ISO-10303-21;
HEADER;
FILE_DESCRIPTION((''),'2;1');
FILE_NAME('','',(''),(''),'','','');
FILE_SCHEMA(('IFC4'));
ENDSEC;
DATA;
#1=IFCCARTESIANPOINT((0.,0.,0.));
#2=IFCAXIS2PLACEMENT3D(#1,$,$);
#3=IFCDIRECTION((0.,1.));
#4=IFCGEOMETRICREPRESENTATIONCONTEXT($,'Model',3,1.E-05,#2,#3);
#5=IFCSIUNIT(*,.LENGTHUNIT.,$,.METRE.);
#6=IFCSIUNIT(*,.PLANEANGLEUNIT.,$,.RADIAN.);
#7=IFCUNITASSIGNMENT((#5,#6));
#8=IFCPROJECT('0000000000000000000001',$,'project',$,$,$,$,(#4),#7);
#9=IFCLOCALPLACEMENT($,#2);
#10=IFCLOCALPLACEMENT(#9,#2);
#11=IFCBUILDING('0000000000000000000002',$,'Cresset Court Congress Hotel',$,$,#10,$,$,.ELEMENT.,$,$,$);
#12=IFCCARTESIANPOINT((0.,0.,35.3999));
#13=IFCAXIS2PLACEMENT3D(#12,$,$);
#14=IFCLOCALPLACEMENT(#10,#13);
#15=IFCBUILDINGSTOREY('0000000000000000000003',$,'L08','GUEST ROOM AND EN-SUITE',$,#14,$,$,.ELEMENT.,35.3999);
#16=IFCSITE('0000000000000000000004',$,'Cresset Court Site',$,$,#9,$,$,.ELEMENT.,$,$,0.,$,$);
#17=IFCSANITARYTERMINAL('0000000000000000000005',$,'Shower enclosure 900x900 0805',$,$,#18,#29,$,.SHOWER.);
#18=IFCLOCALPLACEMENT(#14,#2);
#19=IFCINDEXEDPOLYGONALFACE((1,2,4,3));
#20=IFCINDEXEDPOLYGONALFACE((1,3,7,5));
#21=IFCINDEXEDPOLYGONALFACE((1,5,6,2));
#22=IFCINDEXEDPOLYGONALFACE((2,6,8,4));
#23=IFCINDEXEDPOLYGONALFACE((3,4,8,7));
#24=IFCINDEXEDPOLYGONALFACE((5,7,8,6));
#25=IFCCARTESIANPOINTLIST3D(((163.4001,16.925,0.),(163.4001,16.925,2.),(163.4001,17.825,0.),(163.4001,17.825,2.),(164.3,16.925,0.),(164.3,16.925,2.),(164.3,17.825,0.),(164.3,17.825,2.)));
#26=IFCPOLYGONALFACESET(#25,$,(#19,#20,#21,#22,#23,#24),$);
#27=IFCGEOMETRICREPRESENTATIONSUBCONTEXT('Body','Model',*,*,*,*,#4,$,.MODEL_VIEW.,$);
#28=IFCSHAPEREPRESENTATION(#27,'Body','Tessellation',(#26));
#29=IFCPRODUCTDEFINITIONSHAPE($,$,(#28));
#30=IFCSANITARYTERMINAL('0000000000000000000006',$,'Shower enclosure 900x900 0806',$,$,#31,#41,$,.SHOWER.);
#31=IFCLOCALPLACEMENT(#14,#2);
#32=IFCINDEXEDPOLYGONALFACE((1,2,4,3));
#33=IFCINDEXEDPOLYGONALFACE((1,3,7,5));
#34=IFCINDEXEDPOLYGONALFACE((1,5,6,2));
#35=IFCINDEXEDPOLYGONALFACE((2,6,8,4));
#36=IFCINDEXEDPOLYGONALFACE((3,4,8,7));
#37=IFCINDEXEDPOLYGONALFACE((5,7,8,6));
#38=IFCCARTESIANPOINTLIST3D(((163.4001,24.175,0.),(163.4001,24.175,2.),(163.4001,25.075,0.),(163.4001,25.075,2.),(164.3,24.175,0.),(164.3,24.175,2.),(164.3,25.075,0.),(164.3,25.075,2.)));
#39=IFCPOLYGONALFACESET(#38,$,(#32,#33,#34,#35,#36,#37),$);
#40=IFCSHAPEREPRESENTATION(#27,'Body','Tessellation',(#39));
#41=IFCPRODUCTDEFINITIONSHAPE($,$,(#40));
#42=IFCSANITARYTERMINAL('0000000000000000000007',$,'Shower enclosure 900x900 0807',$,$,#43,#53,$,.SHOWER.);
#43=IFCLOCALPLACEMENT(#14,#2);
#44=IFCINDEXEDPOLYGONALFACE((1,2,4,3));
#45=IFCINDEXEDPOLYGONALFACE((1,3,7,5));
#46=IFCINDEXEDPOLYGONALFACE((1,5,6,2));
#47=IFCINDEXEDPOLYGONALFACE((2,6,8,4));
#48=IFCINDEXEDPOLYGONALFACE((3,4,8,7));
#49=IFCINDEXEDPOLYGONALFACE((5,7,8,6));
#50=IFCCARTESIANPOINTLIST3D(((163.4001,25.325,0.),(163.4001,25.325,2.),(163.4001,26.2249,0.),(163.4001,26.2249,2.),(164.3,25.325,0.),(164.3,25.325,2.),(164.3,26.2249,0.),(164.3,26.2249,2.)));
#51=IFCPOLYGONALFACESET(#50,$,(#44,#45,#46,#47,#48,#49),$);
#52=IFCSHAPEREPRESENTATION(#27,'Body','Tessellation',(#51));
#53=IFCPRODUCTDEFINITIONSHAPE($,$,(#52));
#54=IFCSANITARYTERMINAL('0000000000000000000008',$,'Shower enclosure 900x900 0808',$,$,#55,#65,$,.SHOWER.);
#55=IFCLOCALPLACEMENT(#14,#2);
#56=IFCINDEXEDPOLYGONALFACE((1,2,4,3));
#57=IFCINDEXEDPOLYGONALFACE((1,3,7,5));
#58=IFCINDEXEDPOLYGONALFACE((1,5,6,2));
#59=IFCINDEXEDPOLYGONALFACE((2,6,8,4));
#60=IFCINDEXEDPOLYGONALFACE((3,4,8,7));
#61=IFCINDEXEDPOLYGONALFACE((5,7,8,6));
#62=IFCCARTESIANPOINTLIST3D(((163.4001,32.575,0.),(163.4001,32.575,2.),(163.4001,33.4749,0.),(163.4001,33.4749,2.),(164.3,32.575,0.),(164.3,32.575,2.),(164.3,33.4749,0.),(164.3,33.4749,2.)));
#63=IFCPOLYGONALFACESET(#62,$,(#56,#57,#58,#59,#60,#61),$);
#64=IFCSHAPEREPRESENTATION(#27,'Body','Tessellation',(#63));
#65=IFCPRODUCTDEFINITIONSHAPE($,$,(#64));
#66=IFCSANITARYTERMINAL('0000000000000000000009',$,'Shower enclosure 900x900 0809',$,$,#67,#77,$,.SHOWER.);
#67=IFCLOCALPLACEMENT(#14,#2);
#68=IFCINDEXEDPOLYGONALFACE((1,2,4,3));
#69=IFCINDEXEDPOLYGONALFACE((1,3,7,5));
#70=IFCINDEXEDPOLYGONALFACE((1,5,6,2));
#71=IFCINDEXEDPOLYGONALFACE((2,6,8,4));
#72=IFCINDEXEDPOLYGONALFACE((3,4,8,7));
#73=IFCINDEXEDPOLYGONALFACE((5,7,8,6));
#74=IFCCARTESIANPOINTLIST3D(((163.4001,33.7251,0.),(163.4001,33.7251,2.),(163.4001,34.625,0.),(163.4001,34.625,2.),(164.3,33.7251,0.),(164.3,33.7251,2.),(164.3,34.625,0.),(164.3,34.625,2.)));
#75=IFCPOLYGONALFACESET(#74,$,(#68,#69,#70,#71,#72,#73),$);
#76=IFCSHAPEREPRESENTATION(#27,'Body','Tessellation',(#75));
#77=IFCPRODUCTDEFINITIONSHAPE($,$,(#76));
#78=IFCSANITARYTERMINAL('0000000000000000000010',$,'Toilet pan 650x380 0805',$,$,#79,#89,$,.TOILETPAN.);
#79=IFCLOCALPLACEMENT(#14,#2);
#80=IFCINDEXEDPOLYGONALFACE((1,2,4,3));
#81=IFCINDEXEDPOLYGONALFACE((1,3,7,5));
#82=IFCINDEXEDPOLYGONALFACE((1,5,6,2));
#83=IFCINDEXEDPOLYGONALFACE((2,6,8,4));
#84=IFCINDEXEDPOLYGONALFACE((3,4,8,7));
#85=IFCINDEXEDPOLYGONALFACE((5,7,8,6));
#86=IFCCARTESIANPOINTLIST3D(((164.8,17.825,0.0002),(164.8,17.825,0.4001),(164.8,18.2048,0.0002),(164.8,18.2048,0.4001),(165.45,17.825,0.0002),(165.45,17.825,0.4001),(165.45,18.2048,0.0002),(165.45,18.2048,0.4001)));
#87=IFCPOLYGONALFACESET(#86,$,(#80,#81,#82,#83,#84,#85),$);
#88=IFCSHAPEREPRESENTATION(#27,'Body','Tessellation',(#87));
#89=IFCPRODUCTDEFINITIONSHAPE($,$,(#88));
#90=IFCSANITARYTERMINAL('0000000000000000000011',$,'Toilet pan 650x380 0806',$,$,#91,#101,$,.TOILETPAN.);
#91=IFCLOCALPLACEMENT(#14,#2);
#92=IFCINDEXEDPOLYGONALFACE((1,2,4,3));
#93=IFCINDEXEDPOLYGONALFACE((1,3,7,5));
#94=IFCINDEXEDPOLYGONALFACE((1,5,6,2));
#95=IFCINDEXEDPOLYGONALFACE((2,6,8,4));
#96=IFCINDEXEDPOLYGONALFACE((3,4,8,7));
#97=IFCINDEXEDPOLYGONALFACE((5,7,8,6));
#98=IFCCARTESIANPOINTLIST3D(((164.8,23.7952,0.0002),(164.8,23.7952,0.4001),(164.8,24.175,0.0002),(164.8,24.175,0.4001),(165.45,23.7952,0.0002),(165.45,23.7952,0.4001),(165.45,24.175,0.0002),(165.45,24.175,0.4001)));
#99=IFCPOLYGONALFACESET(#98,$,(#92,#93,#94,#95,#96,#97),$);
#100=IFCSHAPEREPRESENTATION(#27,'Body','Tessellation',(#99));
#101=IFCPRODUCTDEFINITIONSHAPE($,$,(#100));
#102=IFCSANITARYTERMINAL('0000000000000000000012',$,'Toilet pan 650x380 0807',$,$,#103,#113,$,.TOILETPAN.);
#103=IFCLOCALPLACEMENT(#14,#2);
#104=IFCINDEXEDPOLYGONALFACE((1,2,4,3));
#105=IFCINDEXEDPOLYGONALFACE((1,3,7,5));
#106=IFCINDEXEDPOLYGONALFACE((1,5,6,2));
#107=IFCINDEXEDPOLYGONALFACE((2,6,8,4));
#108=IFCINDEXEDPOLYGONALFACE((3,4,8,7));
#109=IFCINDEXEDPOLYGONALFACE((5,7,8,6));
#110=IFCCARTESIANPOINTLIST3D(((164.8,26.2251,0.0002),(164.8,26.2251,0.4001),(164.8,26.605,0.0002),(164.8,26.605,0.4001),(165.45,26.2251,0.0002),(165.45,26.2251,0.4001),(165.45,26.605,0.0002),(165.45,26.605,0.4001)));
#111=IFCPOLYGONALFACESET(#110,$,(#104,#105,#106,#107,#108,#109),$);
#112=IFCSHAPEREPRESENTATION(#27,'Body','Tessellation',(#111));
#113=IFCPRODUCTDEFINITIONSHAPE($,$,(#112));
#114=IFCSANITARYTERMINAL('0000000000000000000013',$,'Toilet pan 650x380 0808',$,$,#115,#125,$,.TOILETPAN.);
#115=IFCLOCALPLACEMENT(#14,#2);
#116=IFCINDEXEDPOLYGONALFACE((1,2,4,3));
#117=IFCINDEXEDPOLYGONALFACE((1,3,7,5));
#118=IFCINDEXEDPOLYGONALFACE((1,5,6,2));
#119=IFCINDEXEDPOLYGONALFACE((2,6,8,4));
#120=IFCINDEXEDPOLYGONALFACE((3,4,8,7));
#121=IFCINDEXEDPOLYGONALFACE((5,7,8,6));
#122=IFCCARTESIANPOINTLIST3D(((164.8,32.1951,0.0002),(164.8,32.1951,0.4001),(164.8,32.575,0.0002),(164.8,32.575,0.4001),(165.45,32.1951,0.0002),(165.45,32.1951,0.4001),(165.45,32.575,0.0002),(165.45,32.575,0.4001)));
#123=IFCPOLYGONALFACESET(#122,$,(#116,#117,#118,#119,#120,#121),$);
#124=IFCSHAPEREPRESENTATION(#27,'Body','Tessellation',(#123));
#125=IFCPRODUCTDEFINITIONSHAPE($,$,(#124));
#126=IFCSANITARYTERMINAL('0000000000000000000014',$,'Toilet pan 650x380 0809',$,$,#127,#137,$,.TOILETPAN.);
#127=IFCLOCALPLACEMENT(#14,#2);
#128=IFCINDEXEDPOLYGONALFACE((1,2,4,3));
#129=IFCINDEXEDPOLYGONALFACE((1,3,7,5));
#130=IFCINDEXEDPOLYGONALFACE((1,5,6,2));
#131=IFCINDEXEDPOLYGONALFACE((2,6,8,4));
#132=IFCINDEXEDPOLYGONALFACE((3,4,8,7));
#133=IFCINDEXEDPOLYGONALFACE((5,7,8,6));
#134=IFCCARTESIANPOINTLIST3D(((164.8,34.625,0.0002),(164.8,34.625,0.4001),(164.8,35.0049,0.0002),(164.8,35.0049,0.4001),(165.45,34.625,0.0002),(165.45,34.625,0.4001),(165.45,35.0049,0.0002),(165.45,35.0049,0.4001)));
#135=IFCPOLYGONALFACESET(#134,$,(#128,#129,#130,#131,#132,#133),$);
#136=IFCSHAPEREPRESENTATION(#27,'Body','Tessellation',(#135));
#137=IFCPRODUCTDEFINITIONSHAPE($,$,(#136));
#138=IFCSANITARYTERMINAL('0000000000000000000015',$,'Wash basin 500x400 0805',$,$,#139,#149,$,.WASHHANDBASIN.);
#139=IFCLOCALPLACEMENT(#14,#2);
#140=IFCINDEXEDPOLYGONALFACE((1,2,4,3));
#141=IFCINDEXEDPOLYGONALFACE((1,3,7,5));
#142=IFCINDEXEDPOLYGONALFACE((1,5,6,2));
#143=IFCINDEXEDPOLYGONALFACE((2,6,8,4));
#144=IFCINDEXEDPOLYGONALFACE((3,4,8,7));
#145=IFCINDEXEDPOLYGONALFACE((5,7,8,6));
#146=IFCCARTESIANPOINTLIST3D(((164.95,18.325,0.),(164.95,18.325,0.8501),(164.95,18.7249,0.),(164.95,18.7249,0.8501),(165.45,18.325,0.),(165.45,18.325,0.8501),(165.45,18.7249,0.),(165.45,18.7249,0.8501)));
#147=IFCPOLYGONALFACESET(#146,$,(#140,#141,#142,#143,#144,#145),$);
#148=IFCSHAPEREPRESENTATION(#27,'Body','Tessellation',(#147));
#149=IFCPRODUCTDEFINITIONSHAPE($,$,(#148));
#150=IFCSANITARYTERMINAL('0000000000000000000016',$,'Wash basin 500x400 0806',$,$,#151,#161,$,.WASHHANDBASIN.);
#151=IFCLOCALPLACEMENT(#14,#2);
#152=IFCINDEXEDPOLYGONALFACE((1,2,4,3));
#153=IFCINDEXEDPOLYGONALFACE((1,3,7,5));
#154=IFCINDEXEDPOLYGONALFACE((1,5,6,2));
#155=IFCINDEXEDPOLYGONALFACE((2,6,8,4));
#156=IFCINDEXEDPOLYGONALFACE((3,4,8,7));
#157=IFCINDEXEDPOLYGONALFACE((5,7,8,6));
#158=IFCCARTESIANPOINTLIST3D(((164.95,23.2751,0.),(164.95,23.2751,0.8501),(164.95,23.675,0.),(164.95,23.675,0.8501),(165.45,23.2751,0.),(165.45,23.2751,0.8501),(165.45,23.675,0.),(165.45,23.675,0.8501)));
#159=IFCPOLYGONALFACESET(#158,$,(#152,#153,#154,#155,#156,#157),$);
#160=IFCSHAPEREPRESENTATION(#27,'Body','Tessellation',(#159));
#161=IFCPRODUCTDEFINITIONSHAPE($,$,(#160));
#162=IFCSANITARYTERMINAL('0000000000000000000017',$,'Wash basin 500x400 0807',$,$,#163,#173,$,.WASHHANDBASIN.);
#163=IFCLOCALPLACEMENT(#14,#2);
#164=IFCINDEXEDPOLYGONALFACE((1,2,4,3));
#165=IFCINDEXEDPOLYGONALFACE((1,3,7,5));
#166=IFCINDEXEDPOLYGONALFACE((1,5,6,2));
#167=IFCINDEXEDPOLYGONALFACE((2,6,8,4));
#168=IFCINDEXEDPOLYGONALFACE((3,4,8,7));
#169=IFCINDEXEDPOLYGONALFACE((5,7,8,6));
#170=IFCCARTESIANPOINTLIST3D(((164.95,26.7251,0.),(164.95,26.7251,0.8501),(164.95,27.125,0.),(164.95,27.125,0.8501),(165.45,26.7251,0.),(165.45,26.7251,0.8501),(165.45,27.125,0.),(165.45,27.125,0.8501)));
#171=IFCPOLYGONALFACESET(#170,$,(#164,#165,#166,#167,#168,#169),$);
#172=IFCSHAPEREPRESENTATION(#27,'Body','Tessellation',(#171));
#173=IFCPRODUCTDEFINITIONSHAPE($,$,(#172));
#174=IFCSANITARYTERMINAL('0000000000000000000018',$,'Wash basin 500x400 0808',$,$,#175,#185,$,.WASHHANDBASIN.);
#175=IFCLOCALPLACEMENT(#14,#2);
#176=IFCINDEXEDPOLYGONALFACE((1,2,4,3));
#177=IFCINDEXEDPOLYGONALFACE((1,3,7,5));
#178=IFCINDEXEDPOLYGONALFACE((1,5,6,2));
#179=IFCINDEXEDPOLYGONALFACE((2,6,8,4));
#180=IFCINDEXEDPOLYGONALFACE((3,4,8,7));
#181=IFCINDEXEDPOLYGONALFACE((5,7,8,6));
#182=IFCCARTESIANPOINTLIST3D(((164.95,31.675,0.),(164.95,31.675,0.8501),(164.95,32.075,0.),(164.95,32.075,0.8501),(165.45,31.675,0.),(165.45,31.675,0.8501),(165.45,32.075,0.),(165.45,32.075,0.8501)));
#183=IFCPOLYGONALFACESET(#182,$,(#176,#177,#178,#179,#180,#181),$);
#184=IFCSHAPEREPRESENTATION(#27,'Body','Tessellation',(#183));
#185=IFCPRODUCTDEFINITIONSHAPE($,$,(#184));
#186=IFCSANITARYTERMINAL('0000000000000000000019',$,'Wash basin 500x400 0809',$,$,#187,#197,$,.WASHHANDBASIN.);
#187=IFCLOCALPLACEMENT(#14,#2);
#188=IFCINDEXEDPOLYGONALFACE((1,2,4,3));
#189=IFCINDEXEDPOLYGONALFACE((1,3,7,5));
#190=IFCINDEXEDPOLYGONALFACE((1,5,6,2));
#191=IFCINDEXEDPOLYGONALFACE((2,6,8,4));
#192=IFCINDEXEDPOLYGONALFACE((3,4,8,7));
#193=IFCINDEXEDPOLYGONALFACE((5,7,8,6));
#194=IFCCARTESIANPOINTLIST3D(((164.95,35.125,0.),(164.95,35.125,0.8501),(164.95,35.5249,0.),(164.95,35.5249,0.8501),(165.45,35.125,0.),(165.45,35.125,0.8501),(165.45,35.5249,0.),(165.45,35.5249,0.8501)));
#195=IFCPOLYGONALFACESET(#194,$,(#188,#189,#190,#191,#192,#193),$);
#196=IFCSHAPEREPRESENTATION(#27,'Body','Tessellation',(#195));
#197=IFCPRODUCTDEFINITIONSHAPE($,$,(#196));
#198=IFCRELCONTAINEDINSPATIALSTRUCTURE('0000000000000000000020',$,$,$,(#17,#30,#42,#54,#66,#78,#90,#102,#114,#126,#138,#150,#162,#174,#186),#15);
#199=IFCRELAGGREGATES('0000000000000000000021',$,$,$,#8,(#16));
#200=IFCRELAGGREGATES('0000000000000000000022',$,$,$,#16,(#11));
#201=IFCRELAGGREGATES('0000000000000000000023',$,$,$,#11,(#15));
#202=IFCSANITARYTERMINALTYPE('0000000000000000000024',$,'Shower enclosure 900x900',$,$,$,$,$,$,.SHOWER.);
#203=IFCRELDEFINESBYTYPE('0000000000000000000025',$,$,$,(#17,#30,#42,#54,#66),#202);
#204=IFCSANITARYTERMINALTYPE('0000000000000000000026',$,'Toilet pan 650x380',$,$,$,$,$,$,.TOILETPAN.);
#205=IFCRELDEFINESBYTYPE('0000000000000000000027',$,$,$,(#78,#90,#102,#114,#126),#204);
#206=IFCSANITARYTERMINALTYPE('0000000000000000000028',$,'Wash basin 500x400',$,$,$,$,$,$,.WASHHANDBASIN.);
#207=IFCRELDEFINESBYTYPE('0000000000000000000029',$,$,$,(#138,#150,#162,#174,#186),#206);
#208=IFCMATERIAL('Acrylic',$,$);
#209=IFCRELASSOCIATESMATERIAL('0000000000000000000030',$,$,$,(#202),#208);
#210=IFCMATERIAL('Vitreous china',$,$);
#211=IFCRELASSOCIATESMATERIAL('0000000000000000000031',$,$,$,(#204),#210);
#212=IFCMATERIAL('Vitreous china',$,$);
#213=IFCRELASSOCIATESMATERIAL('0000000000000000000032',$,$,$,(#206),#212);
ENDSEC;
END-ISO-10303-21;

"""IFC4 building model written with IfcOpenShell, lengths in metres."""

from ifc_helpers import new_model, si_unit, direction, frame, origin, origin_2d, place, context, subcontext, project, spatial, rectangle, extrude, material, type_object, element, save


model = new_model("IFC4")

# Units and contexts
model_context = context("Model", 3, precision=1e-05, world=origin(), true_north=direction((0.0, 1.0)))
body_context = subcontext(model_context, "Body", "Model", "MODEL_VIEW")
ifc_project = project(units=[si_unit("LENGTHUNIT", "METRE"), si_unit("PLANEANGLEUNIT", "RADIAN")], contexts=[model_context])

# Site, building, storey
site_placement = place(None, origin())
site = spatial("IfcSite", under=ifc_project, at=site_placement, Name="Cresset Court Site", CompositionType="ELEMENT", RefElevation=0.0)
building_placement = place(site_placement, origin())
building = spatial("IfcBuilding", under=site, at=building_placement, Name="Cresset Court Congress Hotel", CompositionType="ELEMENT")
storey_placement = place(building_placement, frame((0.0, 0.0, 35.3999)))
storey = spatial("IfcBuildingStorey", under=building, at=storey_placement, Name="L08", Description="GUEST ROOM AND EN-SUITE", CompositionType="ELEMENT", Elevation=35.3999)

# Sanitary terminals
ifc_material_1 = material(Name="Acrylic")
sanitary_terminal_type_1 = type_object("IfcSanitaryTerminalType", Name="Shower enclosure 900x900", PredefinedType="SHOWER", material=ifc_material_1)
for number, where, z_axis, x_axis, name in (
    (1, (163.8501, 17.375, 0.0), (0.0, 0.0, 1.0), (1.0, 0.0, 0.0), "Shower enclosure 900x900 0805"),
    (2, (163.8501, 24.625, 0.0), (0.0, 0.0, 1.0), (1.0, 0.0, 0.0), "Shower enclosure 900x900 0806"),
    (3, (163.8501, 25.7749, 0.0), (0.0, 0.0, 1.0), (1.0, 0.0, 0.0), "Shower enclosure 900x900 0807"),
    (4, (163.8501, 33.0249, 0.0), (0.0, 0.0, 1.0), (1.0, 0.0, 0.0), "Shower enclosure 900x900 0808"),
    (5, (163.8501, 34.175, 0.0), (0.0, 0.0, 1.0), (1.0, 0.0, 0.0), "Shower enclosure 900x900 0809"),
):
    element("IfcSanitaryTerminal", number, at=place(storey_placement, frame(where, z_axis=z_axis, x_axis=x_axis)), inside=storey, type_object=sanitary_terminal_type_1, Name=name, PredefinedType="SHOWER", context=body_context, shape_type="SweptSolid", body=[
        extrude(rectangle(XDim=0.8999, YDim=0.8999, at=origin_2d()), origin(), (0.0, 0.0, 1.0), 2.0),
    ])
ifc_material_2 = material(Name="Vitreous china")
sanitary_terminal_type_2 = type_object("IfcSanitaryTerminalType", Name="Toilet pan 650x380", PredefinedType="TOILETPAN", material=ifc_material_2)
for number, where, z_axis, x_axis, name in (
    (6, (165.125, 18.0149, 0.0002), (0.0, 0.0, 1.0), (1.0, 0.0, 0.0), "Toilet pan 650x380 0805"),
    (7, (165.125, 23.9851, 0.0002), (0.0, 0.0, 1.0), (1.0, 0.0, 0.0), "Toilet pan 650x380 0806"),
    (8, (165.125, 26.415, 0.0002), (0.0, 0.0, 1.0), (1.0, 0.0, 0.0), "Toilet pan 650x380 0807"),
    (9, (165.125, 32.385, 0.0002), (0.0, 0.0, 1.0), (1.0, 0.0, 0.0), "Toilet pan 650x380 0808"),
    (10, (165.125, 34.8149, 0.0002), (0.0, 0.0, 1.0), (1.0, 0.0, 0.0), "Toilet pan 650x380 0809"),
):
    element("IfcSanitaryTerminal", number, at=place(storey_placement, frame(where, z_axis=z_axis, x_axis=x_axis)), inside=storey, type_object=sanitary_terminal_type_2, Name=name, PredefinedType="TOILETPAN", context=body_context, shape_type="SweptSolid", body=[
        extrude(rectangle(XDim=0.6499, YDim=0.3799, at=origin_2d()), origin(), (0.0, 0.0, 1.0), 0.3999),
    ])
ifc_material_3 = material(Name="Vitreous china")
sanitary_terminal_type_3 = type_object("IfcSanitaryTerminalType", Name="Wash basin 500x400", PredefinedType="WASHHANDBASIN", material=ifc_material_3)
for number, where, z_axis, x_axis, name in (
    (11, (165.2, 18.5249, 0.0), (0.0, 0.0, 1.0), (1.0, 0.0, 0.0), "Wash basin 500x400 0805"),
    (12, (165.2, 23.4751, 0.0), (0.0, 0.0, 1.0), (1.0, 0.0, 0.0), "Wash basin 500x400 0806"),
    (13, (165.2, 26.925, 0.0), (0.0, 0.0, 1.0), (1.0, 0.0, 0.0), "Wash basin 500x400 0807"),
    (14, (165.2, 31.875, 0.0), (0.0, 0.0, 1.0), (1.0, 0.0, 0.0), "Wash basin 500x400 0808"),
    (15, (165.2, 35.325, 0.0), (0.0, 0.0, 1.0), (1.0, 0.0, 0.0), "Wash basin 500x400 0809"),
):
    element("IfcSanitaryTerminal", number, at=place(storey_placement, frame(where, z_axis=z_axis, x_axis=x_axis)), inside=storey, type_object=sanitary_terminal_type_3, Name=name, PredefinedType="WASHHANDBASIN", context=body_context, shape_type="SweptSolid", body=[
        extrude(rectangle(XDim=0.5, YDim=0.3999, at=origin_2d()), origin(), (0.0, 0.0, 1.0), 0.8501),
    ])

save(model, "model.ifc")
